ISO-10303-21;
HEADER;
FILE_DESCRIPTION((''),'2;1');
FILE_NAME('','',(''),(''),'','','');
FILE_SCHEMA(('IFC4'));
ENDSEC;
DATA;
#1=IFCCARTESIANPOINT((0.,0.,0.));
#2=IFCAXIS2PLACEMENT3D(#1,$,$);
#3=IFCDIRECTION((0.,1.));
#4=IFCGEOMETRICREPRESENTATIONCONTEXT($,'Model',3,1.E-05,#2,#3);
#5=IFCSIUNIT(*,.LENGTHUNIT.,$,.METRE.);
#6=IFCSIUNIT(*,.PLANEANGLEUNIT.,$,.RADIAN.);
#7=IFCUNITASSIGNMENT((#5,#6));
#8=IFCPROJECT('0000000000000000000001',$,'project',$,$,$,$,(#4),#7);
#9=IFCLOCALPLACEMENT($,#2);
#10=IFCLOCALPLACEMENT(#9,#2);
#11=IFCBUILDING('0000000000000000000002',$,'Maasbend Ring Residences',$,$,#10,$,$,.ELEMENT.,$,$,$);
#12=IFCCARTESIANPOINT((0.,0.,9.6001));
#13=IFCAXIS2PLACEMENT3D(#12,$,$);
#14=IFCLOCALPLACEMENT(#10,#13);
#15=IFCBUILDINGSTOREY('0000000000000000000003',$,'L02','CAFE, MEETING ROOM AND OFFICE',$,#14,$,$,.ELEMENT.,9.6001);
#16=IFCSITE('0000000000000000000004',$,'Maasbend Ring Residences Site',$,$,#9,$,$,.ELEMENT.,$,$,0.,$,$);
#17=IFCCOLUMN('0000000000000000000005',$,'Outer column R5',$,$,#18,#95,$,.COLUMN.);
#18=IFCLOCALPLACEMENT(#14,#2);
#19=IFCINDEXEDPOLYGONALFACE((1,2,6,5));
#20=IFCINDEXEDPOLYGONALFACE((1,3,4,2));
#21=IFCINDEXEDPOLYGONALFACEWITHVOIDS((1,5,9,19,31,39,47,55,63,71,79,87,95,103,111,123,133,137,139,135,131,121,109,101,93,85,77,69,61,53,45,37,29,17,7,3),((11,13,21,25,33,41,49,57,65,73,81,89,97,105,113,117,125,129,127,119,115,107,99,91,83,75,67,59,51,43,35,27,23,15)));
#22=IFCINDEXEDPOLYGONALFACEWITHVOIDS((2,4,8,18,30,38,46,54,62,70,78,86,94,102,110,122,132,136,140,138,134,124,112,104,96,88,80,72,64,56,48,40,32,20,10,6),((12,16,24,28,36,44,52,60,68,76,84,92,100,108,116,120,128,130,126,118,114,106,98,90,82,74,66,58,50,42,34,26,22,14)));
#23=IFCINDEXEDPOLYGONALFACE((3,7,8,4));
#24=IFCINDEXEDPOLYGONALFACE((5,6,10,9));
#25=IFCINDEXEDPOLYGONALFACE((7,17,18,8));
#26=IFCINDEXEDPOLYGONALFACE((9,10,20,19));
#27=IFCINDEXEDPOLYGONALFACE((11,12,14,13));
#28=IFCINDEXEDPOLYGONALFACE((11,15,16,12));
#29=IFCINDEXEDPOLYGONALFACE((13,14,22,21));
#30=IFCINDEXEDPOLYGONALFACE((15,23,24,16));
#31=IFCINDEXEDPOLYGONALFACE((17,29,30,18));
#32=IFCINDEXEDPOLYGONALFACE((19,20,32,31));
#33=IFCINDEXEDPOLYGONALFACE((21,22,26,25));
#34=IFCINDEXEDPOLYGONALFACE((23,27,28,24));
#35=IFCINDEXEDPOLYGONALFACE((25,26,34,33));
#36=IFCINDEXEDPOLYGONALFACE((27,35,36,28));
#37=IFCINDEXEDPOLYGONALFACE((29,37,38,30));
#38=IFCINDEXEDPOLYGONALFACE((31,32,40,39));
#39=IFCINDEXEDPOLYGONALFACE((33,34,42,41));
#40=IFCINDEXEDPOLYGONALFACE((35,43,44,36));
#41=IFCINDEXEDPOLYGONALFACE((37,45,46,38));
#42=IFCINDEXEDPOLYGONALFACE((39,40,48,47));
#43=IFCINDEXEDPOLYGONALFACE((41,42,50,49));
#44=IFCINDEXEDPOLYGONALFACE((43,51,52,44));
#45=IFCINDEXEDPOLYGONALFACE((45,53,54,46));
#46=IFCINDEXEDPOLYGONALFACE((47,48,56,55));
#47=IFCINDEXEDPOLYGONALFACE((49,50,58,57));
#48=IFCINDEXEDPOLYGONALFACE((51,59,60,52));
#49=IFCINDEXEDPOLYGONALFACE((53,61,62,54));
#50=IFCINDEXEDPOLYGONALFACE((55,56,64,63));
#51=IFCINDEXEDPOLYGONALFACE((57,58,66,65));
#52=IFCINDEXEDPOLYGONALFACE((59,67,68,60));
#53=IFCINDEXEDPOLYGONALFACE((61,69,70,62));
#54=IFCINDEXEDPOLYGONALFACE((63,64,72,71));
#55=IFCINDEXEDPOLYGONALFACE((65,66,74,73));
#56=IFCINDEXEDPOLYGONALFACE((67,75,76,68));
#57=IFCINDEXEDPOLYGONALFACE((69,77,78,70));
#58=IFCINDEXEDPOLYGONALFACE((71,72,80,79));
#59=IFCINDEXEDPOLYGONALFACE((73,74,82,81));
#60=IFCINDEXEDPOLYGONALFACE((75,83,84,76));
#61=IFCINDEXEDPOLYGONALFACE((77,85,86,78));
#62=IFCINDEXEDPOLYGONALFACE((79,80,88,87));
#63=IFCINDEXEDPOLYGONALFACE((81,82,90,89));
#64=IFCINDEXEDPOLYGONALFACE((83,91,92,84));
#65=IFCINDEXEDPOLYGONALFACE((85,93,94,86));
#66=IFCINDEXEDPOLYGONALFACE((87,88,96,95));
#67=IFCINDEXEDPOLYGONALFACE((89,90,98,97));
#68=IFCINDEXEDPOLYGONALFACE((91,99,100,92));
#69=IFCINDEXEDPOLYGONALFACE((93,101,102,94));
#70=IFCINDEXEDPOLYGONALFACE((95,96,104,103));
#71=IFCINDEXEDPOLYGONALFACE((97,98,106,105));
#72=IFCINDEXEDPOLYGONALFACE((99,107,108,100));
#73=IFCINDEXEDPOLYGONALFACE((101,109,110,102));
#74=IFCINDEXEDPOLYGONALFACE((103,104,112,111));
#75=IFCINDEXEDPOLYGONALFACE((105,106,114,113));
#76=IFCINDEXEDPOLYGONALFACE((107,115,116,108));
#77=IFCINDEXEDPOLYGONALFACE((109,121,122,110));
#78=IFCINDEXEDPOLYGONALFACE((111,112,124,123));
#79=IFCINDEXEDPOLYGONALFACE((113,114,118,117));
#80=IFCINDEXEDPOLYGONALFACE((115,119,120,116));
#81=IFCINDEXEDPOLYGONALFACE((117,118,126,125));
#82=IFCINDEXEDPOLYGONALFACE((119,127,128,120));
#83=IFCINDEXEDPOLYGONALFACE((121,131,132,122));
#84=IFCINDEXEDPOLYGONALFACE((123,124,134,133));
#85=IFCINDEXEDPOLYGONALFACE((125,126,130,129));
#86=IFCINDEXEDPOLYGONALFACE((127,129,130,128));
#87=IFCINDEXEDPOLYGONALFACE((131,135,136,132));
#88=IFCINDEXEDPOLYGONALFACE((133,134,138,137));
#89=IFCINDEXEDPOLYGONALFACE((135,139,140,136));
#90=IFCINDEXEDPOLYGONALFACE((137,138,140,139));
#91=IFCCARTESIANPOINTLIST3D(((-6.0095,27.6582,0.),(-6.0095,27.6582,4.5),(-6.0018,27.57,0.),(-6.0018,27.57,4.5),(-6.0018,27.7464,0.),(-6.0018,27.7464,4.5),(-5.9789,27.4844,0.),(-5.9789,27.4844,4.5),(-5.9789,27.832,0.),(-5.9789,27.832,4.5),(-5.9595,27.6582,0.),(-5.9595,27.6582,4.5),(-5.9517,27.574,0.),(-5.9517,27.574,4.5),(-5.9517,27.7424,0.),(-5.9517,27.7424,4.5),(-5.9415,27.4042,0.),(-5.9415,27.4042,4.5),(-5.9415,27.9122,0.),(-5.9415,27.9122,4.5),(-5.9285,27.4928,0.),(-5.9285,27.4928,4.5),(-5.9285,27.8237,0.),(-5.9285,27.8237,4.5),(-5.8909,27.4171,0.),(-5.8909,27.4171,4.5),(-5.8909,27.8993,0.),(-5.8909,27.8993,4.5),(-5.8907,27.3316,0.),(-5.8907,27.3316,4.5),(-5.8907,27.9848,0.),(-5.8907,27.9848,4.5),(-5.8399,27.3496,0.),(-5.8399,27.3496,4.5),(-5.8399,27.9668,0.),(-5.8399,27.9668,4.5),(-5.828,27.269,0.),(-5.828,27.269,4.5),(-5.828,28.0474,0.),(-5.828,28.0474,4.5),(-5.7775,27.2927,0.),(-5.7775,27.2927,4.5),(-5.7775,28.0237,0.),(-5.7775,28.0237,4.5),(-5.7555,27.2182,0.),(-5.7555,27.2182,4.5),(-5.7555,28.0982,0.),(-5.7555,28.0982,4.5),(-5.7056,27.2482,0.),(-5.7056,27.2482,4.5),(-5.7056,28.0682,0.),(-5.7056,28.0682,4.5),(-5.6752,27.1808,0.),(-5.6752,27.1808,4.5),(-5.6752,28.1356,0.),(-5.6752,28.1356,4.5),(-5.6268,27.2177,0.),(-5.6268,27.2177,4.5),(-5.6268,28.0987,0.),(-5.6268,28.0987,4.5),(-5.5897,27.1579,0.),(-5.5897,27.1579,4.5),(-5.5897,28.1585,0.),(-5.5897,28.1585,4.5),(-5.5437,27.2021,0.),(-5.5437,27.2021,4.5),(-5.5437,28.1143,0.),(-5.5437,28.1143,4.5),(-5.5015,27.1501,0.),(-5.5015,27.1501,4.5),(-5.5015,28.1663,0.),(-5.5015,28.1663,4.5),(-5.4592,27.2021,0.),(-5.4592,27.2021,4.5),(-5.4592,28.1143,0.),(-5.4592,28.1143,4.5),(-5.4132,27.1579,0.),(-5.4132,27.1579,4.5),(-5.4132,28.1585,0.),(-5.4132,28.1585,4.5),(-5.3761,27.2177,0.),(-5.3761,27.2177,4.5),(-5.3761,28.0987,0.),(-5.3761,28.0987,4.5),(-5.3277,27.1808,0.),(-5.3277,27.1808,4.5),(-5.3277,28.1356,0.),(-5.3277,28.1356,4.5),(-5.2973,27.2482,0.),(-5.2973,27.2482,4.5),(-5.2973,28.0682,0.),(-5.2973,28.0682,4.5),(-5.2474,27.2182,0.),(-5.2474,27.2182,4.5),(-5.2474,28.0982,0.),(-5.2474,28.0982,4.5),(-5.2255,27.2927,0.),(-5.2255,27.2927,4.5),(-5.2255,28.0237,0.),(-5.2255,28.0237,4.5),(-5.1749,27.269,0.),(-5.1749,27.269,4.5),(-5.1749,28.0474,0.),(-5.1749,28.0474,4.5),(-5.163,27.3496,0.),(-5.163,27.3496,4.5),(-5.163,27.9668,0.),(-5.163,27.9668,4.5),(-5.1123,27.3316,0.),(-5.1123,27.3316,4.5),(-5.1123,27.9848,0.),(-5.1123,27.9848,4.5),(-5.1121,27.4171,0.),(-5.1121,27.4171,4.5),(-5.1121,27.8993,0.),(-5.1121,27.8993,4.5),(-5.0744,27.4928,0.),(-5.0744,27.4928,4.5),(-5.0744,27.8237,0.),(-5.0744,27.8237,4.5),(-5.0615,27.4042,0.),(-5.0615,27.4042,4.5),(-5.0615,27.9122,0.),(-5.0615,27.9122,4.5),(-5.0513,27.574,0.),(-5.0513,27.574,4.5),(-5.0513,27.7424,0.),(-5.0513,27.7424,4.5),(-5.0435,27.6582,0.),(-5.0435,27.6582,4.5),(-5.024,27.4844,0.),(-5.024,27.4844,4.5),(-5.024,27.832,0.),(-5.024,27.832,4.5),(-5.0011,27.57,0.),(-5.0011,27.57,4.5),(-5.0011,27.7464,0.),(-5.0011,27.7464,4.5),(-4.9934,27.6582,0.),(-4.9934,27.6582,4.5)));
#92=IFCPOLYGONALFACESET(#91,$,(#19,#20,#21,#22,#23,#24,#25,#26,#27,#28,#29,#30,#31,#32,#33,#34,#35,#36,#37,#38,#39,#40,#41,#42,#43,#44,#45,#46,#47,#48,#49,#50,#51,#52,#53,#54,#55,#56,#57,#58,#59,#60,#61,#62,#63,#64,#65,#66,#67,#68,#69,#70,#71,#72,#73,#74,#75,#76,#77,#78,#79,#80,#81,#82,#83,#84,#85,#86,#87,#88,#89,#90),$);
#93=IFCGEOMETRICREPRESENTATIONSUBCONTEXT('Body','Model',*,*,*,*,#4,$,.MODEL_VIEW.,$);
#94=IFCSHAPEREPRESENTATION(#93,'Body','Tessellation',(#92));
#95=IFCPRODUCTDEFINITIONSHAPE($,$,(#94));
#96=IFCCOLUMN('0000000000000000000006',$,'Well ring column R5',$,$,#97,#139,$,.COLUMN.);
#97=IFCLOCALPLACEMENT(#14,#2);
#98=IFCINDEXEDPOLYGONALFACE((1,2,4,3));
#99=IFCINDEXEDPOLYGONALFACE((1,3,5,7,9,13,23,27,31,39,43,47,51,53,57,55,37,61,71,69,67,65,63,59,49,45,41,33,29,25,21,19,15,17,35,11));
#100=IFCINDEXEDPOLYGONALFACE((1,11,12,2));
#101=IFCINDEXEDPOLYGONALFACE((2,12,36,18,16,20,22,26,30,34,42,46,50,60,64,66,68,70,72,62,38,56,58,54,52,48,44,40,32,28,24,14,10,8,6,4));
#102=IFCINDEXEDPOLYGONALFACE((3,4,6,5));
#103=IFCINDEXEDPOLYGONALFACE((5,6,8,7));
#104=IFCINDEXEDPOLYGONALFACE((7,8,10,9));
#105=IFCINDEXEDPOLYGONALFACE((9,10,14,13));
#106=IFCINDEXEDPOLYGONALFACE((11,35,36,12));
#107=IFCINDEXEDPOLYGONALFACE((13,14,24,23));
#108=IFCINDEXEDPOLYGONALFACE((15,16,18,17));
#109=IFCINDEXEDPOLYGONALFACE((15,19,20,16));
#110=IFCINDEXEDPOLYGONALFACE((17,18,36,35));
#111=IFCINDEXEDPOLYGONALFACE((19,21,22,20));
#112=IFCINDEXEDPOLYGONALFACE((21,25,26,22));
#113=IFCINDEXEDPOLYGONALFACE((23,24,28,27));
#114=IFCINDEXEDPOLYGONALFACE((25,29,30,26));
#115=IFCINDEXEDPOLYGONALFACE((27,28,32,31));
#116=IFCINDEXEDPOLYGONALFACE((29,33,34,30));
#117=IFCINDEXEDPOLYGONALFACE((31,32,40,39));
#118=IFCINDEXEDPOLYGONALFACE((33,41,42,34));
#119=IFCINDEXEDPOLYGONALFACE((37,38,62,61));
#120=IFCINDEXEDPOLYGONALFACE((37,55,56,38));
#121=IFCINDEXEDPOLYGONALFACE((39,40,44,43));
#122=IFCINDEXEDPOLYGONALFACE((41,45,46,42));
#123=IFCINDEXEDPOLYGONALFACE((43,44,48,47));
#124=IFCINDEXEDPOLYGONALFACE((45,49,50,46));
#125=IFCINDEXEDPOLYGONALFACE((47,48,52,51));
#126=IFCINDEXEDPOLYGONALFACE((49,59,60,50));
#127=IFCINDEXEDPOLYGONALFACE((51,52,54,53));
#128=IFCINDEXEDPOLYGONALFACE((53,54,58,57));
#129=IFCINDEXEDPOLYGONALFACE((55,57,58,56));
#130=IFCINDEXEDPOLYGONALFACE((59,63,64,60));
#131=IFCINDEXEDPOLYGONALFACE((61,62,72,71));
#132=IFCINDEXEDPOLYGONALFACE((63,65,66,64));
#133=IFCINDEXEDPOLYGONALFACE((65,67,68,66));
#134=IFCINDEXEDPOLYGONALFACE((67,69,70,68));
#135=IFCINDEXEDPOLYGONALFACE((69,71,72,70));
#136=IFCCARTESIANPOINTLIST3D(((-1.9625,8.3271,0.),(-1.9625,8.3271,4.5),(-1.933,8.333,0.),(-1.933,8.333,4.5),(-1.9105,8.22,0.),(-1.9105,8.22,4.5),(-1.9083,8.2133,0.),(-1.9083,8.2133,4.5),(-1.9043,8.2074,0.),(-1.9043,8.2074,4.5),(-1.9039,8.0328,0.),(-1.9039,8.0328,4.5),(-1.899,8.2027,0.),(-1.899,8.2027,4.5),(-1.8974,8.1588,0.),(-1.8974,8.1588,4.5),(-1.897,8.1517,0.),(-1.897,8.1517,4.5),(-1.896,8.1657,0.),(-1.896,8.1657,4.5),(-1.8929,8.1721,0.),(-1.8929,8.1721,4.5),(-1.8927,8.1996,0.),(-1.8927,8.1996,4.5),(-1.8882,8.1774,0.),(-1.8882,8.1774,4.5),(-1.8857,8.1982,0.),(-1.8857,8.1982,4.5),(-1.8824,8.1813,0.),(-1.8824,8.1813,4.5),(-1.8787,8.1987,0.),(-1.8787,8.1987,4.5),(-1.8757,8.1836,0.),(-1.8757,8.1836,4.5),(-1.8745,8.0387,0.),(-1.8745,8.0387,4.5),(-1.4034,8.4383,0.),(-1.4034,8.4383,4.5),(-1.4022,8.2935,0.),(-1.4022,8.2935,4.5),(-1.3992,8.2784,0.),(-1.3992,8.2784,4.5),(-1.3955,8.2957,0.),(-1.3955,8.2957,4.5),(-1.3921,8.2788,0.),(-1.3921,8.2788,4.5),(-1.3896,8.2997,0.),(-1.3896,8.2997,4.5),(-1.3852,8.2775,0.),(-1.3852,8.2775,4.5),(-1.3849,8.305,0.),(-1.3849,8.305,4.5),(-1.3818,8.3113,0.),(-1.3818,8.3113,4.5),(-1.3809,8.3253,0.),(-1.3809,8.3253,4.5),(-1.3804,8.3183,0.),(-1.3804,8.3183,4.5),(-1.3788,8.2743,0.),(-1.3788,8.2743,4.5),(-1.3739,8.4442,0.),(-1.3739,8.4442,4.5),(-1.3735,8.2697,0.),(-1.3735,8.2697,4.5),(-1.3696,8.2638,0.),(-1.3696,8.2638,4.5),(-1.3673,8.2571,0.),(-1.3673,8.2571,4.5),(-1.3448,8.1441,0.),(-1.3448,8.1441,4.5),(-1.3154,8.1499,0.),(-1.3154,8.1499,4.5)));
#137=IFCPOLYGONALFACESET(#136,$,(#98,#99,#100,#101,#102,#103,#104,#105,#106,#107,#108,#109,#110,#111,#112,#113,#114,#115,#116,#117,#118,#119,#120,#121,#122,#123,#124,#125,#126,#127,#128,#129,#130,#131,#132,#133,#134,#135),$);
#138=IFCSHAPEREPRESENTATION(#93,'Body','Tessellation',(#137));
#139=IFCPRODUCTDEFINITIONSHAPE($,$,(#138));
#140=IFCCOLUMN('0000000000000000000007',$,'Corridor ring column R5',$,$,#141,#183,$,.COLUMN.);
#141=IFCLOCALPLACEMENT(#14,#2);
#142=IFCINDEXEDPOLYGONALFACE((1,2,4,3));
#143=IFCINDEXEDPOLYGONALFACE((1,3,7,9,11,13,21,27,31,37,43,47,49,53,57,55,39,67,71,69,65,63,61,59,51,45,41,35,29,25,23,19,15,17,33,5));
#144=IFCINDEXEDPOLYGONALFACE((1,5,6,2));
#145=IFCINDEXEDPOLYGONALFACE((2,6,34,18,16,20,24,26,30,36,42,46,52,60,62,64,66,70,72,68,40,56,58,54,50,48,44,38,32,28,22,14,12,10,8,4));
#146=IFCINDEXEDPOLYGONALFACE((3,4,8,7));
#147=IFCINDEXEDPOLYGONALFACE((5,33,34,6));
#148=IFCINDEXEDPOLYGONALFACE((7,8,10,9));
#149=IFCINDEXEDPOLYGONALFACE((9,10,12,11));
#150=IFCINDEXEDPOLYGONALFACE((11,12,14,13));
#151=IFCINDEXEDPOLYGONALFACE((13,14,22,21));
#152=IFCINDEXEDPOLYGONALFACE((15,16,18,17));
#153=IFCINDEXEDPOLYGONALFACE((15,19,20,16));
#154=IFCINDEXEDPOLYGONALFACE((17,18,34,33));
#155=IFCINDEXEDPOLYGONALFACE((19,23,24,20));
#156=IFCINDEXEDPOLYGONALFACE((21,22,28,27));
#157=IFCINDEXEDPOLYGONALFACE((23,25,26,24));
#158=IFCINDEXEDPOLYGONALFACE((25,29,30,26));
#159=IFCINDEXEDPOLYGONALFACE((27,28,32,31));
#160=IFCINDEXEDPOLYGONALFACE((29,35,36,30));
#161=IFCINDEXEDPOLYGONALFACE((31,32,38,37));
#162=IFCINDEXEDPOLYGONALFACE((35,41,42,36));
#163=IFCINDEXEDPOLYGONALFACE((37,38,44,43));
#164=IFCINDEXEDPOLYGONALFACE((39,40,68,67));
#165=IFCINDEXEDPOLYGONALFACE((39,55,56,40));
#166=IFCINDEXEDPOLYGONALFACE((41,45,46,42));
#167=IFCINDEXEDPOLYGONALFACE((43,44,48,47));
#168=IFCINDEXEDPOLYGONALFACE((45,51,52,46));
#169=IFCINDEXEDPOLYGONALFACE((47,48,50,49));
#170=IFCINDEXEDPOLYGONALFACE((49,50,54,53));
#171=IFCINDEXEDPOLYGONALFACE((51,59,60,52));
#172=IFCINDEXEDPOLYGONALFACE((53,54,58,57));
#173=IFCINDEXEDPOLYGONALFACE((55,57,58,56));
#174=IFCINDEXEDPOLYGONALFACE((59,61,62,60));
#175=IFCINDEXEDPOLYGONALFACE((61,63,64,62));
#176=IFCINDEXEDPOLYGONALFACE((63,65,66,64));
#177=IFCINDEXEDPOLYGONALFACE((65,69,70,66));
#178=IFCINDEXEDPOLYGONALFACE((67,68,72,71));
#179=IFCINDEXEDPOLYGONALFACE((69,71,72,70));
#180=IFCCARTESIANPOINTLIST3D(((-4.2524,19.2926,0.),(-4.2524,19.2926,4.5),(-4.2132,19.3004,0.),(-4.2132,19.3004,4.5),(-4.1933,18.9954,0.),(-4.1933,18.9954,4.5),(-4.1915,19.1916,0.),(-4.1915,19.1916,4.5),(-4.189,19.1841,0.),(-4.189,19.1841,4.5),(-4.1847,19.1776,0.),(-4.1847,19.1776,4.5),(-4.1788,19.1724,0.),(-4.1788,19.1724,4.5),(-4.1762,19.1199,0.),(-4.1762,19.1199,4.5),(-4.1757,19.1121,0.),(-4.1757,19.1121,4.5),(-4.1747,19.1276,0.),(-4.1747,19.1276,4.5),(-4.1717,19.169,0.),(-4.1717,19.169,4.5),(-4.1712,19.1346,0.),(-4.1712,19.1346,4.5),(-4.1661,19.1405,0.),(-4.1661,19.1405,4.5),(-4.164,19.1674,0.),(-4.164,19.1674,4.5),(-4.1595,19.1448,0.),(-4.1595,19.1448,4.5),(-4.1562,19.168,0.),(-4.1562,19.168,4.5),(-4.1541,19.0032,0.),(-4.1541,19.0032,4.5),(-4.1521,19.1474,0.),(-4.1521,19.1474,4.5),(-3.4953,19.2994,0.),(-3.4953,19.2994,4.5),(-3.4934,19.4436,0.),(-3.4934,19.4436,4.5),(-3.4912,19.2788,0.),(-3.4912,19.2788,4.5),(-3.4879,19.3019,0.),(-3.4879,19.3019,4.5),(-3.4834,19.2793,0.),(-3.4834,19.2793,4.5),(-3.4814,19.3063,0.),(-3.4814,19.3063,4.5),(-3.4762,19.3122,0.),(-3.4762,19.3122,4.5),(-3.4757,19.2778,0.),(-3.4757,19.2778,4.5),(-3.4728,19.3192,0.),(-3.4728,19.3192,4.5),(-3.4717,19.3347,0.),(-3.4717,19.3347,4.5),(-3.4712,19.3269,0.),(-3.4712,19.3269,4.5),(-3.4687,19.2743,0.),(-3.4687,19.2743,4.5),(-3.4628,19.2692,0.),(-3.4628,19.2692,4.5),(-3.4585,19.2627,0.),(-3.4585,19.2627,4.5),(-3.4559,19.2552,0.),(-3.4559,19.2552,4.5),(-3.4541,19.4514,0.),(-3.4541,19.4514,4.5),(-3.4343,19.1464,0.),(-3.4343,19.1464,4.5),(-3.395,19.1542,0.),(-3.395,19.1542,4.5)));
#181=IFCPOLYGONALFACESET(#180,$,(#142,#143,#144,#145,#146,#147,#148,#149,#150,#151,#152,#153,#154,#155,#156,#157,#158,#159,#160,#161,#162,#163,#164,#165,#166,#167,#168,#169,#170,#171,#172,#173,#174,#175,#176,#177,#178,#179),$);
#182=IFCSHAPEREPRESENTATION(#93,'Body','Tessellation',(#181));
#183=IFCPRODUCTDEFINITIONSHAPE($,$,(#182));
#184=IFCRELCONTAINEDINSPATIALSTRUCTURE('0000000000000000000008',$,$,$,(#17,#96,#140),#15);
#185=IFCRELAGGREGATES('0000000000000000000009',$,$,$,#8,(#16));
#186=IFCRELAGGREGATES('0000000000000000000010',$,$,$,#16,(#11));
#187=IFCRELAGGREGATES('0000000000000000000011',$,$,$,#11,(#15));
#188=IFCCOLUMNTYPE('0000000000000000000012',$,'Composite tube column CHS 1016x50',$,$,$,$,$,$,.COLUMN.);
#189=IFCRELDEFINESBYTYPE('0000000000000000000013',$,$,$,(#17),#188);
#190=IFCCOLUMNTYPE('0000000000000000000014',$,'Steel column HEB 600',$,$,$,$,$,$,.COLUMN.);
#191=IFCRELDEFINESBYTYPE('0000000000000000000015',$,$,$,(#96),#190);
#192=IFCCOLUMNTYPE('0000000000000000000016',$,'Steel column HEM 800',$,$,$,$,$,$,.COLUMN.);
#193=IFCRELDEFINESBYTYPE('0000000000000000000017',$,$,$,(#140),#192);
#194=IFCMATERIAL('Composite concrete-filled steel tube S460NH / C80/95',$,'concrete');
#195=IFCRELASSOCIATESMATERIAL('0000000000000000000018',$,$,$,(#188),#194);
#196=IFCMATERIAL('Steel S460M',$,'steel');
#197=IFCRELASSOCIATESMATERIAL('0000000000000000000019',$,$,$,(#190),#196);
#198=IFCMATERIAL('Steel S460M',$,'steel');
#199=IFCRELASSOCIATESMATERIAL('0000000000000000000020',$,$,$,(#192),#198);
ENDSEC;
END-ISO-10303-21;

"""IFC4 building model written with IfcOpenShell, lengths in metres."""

from ifc_helpers import new_model, si_unit, direction, frame, origin, origin_2d, place, context, subcontext, project, spatial, hollow_circle, i_section, extrude, material, material_profile, profile_set, type_object, element, save


model = new_model("IFC4")

# Units and contexts
model_context = context("Model", 3, precision=1e-05, world=origin(), true_north=direction((0.0, 1.0)))
body_context = subcontext(model_context, "Body", "Model", "MODEL_VIEW")
ifc_project = project(units=[si_unit("LENGTHUNIT", "METRE"), si_unit("PLANEANGLEUNIT", "RADIAN")], contexts=[model_context])

# Site, building, storey
site_placement = place(None, origin())
site = spatial("IfcSite", under=ifc_project, at=site_placement, Name="Maasbend Ring Residences Site", CompositionType="ELEMENT", RefElevation=0.0)
building_placement = place(site_placement, origin())
building = spatial("IfcBuilding", under=site, at=building_placement, Name="Maasbend Ring Residences", CompositionType="ELEMENT")
storey_placement = place(building_placement, frame((0.0, 0.0, 9.6001)))
storey = spatial("IfcBuildingStorey", under=building, at=storey_placement, Name="L02", Description="CAFE, MEETING ROOM AND OFFICE", CompositionType="ELEMENT", Elevation=9.6001)

# Columns
ifc_material_1 = material(Name="Composite concrete-filled steel tube S460NH / C80/95", Category="concrete")
ifc_material_profile_1 = material_profile(ifc_material_1, hollow_circle(Radius=0.5081, WallThickness=0.05, at=origin_2d()), Name="Composite tube column CHS 1016x50")
ifc_profile_set_1 = profile_set([ifc_material_profile_1], Name="Composite concrete-filled steel tube S460NH / C80/95")
column_type_1 = type_object("IfcColumnType", Name="Composite tube column CHS 1016x50", PredefinedType="COLUMN", material=ifc_profile_set_1)
column_1_placement = place(storey_placement, frame((-5.5015, 27.6582, 0.0), z_axis=(0.0, 0.0, 1.0), x_axis=(1.0, 0.0, 0.0)))
element("IfcColumn", 1, at=column_1_placement, inside=storey, type_object=column_type_1, Name="Outer column R5", PredefinedType="COLUMN", context=body_context, shape_type="SweptSolid", body=[
    extrude(hollow_circle(Radius=0.5081, WallThickness=0.05, at=origin_2d()), origin(), (0.0, 0.0, 1.0), 4.5),
])
ifc_material_2 = material(Name="Steel S460M", Category="steel")
ifc_material_profile_2 = material_profile(ifc_material_2, i_section(OverallWidth=0.3, OverallDepth=0.6001, WebThickness=0.0154, FlangeThickness=0.03, FilletRadius=0.0271, at=origin_2d()), Name="HEB 600")
ifc_profile_set_2 = profile_set([ifc_material_profile_2], Name="Steel S460M")
column_type_2 = type_object("IfcColumnType", Name="Steel column HEB 600", PredefinedType="COLUMN", material=ifc_profile_set_2)
column_2_placement = place(storey_placement, frame((-1.6389, 8.2385, 0.0), z_axis=(0.0, 0.0, 1.0), x_axis=(-0.19509, 0.980785, 0.0)))
element("IfcColumn", 2, at=column_2_placement, inside=storey, type_object=column_type_2, Name="Well ring column R5", PredefinedType="COLUMN", context=body_context, shape_type="SweptSolid", body=[
    extrude(i_section(OverallWidth=0.3, OverallDepth=0.6001, WebThickness=0.0154, FlangeThickness=0.03, FilletRadius=0.0271, at=origin_2d()), origin(), (0.0, 0.0, 1.0), 4.5),
])
ifc_material_3 = material(Name="Steel S460M", Category="steel")
ifc_material_profile_3 = material_profile(ifc_material_3, i_section(OverallWidth=0.303, OverallDepth=0.814, WebThickness=0.021, FlangeThickness=0.04, FilletRadius=0.03, at=origin_2d()), Name="HEM 800")
ifc_profile_set_3 = profile_set([ifc_material_profile_3], Name="Steel S460M")
column_type_3 = type_object("IfcColumnType", Name="Steel column HEM 800", PredefinedType="COLUMN", material=ifc_profile_set_3)
column_3_placement = place(storey_placement, frame((-3.8237, 19.2234, 0.0), z_axis=(0.0, 0.0, 1.0), x_axis=(-0.19509, 0.980785, 0.0)))
element("IfcColumn", 3, at=column_3_placement, inside=storey, type_object=column_type_3, Name="Corridor ring column R5", PredefinedType="COLUMN", context=body_context, shape_type="SweptSolid", body=[
    extrude(i_section(OverallWidth=0.303, OverallDepth=0.814, WebThickness=0.021, FlangeThickness=0.04, FilletRadius=0.03, at=origin_2d()), origin(), (0.0, 0.0, 1.0), 4.5),
])

save(model, "model.ifc")
